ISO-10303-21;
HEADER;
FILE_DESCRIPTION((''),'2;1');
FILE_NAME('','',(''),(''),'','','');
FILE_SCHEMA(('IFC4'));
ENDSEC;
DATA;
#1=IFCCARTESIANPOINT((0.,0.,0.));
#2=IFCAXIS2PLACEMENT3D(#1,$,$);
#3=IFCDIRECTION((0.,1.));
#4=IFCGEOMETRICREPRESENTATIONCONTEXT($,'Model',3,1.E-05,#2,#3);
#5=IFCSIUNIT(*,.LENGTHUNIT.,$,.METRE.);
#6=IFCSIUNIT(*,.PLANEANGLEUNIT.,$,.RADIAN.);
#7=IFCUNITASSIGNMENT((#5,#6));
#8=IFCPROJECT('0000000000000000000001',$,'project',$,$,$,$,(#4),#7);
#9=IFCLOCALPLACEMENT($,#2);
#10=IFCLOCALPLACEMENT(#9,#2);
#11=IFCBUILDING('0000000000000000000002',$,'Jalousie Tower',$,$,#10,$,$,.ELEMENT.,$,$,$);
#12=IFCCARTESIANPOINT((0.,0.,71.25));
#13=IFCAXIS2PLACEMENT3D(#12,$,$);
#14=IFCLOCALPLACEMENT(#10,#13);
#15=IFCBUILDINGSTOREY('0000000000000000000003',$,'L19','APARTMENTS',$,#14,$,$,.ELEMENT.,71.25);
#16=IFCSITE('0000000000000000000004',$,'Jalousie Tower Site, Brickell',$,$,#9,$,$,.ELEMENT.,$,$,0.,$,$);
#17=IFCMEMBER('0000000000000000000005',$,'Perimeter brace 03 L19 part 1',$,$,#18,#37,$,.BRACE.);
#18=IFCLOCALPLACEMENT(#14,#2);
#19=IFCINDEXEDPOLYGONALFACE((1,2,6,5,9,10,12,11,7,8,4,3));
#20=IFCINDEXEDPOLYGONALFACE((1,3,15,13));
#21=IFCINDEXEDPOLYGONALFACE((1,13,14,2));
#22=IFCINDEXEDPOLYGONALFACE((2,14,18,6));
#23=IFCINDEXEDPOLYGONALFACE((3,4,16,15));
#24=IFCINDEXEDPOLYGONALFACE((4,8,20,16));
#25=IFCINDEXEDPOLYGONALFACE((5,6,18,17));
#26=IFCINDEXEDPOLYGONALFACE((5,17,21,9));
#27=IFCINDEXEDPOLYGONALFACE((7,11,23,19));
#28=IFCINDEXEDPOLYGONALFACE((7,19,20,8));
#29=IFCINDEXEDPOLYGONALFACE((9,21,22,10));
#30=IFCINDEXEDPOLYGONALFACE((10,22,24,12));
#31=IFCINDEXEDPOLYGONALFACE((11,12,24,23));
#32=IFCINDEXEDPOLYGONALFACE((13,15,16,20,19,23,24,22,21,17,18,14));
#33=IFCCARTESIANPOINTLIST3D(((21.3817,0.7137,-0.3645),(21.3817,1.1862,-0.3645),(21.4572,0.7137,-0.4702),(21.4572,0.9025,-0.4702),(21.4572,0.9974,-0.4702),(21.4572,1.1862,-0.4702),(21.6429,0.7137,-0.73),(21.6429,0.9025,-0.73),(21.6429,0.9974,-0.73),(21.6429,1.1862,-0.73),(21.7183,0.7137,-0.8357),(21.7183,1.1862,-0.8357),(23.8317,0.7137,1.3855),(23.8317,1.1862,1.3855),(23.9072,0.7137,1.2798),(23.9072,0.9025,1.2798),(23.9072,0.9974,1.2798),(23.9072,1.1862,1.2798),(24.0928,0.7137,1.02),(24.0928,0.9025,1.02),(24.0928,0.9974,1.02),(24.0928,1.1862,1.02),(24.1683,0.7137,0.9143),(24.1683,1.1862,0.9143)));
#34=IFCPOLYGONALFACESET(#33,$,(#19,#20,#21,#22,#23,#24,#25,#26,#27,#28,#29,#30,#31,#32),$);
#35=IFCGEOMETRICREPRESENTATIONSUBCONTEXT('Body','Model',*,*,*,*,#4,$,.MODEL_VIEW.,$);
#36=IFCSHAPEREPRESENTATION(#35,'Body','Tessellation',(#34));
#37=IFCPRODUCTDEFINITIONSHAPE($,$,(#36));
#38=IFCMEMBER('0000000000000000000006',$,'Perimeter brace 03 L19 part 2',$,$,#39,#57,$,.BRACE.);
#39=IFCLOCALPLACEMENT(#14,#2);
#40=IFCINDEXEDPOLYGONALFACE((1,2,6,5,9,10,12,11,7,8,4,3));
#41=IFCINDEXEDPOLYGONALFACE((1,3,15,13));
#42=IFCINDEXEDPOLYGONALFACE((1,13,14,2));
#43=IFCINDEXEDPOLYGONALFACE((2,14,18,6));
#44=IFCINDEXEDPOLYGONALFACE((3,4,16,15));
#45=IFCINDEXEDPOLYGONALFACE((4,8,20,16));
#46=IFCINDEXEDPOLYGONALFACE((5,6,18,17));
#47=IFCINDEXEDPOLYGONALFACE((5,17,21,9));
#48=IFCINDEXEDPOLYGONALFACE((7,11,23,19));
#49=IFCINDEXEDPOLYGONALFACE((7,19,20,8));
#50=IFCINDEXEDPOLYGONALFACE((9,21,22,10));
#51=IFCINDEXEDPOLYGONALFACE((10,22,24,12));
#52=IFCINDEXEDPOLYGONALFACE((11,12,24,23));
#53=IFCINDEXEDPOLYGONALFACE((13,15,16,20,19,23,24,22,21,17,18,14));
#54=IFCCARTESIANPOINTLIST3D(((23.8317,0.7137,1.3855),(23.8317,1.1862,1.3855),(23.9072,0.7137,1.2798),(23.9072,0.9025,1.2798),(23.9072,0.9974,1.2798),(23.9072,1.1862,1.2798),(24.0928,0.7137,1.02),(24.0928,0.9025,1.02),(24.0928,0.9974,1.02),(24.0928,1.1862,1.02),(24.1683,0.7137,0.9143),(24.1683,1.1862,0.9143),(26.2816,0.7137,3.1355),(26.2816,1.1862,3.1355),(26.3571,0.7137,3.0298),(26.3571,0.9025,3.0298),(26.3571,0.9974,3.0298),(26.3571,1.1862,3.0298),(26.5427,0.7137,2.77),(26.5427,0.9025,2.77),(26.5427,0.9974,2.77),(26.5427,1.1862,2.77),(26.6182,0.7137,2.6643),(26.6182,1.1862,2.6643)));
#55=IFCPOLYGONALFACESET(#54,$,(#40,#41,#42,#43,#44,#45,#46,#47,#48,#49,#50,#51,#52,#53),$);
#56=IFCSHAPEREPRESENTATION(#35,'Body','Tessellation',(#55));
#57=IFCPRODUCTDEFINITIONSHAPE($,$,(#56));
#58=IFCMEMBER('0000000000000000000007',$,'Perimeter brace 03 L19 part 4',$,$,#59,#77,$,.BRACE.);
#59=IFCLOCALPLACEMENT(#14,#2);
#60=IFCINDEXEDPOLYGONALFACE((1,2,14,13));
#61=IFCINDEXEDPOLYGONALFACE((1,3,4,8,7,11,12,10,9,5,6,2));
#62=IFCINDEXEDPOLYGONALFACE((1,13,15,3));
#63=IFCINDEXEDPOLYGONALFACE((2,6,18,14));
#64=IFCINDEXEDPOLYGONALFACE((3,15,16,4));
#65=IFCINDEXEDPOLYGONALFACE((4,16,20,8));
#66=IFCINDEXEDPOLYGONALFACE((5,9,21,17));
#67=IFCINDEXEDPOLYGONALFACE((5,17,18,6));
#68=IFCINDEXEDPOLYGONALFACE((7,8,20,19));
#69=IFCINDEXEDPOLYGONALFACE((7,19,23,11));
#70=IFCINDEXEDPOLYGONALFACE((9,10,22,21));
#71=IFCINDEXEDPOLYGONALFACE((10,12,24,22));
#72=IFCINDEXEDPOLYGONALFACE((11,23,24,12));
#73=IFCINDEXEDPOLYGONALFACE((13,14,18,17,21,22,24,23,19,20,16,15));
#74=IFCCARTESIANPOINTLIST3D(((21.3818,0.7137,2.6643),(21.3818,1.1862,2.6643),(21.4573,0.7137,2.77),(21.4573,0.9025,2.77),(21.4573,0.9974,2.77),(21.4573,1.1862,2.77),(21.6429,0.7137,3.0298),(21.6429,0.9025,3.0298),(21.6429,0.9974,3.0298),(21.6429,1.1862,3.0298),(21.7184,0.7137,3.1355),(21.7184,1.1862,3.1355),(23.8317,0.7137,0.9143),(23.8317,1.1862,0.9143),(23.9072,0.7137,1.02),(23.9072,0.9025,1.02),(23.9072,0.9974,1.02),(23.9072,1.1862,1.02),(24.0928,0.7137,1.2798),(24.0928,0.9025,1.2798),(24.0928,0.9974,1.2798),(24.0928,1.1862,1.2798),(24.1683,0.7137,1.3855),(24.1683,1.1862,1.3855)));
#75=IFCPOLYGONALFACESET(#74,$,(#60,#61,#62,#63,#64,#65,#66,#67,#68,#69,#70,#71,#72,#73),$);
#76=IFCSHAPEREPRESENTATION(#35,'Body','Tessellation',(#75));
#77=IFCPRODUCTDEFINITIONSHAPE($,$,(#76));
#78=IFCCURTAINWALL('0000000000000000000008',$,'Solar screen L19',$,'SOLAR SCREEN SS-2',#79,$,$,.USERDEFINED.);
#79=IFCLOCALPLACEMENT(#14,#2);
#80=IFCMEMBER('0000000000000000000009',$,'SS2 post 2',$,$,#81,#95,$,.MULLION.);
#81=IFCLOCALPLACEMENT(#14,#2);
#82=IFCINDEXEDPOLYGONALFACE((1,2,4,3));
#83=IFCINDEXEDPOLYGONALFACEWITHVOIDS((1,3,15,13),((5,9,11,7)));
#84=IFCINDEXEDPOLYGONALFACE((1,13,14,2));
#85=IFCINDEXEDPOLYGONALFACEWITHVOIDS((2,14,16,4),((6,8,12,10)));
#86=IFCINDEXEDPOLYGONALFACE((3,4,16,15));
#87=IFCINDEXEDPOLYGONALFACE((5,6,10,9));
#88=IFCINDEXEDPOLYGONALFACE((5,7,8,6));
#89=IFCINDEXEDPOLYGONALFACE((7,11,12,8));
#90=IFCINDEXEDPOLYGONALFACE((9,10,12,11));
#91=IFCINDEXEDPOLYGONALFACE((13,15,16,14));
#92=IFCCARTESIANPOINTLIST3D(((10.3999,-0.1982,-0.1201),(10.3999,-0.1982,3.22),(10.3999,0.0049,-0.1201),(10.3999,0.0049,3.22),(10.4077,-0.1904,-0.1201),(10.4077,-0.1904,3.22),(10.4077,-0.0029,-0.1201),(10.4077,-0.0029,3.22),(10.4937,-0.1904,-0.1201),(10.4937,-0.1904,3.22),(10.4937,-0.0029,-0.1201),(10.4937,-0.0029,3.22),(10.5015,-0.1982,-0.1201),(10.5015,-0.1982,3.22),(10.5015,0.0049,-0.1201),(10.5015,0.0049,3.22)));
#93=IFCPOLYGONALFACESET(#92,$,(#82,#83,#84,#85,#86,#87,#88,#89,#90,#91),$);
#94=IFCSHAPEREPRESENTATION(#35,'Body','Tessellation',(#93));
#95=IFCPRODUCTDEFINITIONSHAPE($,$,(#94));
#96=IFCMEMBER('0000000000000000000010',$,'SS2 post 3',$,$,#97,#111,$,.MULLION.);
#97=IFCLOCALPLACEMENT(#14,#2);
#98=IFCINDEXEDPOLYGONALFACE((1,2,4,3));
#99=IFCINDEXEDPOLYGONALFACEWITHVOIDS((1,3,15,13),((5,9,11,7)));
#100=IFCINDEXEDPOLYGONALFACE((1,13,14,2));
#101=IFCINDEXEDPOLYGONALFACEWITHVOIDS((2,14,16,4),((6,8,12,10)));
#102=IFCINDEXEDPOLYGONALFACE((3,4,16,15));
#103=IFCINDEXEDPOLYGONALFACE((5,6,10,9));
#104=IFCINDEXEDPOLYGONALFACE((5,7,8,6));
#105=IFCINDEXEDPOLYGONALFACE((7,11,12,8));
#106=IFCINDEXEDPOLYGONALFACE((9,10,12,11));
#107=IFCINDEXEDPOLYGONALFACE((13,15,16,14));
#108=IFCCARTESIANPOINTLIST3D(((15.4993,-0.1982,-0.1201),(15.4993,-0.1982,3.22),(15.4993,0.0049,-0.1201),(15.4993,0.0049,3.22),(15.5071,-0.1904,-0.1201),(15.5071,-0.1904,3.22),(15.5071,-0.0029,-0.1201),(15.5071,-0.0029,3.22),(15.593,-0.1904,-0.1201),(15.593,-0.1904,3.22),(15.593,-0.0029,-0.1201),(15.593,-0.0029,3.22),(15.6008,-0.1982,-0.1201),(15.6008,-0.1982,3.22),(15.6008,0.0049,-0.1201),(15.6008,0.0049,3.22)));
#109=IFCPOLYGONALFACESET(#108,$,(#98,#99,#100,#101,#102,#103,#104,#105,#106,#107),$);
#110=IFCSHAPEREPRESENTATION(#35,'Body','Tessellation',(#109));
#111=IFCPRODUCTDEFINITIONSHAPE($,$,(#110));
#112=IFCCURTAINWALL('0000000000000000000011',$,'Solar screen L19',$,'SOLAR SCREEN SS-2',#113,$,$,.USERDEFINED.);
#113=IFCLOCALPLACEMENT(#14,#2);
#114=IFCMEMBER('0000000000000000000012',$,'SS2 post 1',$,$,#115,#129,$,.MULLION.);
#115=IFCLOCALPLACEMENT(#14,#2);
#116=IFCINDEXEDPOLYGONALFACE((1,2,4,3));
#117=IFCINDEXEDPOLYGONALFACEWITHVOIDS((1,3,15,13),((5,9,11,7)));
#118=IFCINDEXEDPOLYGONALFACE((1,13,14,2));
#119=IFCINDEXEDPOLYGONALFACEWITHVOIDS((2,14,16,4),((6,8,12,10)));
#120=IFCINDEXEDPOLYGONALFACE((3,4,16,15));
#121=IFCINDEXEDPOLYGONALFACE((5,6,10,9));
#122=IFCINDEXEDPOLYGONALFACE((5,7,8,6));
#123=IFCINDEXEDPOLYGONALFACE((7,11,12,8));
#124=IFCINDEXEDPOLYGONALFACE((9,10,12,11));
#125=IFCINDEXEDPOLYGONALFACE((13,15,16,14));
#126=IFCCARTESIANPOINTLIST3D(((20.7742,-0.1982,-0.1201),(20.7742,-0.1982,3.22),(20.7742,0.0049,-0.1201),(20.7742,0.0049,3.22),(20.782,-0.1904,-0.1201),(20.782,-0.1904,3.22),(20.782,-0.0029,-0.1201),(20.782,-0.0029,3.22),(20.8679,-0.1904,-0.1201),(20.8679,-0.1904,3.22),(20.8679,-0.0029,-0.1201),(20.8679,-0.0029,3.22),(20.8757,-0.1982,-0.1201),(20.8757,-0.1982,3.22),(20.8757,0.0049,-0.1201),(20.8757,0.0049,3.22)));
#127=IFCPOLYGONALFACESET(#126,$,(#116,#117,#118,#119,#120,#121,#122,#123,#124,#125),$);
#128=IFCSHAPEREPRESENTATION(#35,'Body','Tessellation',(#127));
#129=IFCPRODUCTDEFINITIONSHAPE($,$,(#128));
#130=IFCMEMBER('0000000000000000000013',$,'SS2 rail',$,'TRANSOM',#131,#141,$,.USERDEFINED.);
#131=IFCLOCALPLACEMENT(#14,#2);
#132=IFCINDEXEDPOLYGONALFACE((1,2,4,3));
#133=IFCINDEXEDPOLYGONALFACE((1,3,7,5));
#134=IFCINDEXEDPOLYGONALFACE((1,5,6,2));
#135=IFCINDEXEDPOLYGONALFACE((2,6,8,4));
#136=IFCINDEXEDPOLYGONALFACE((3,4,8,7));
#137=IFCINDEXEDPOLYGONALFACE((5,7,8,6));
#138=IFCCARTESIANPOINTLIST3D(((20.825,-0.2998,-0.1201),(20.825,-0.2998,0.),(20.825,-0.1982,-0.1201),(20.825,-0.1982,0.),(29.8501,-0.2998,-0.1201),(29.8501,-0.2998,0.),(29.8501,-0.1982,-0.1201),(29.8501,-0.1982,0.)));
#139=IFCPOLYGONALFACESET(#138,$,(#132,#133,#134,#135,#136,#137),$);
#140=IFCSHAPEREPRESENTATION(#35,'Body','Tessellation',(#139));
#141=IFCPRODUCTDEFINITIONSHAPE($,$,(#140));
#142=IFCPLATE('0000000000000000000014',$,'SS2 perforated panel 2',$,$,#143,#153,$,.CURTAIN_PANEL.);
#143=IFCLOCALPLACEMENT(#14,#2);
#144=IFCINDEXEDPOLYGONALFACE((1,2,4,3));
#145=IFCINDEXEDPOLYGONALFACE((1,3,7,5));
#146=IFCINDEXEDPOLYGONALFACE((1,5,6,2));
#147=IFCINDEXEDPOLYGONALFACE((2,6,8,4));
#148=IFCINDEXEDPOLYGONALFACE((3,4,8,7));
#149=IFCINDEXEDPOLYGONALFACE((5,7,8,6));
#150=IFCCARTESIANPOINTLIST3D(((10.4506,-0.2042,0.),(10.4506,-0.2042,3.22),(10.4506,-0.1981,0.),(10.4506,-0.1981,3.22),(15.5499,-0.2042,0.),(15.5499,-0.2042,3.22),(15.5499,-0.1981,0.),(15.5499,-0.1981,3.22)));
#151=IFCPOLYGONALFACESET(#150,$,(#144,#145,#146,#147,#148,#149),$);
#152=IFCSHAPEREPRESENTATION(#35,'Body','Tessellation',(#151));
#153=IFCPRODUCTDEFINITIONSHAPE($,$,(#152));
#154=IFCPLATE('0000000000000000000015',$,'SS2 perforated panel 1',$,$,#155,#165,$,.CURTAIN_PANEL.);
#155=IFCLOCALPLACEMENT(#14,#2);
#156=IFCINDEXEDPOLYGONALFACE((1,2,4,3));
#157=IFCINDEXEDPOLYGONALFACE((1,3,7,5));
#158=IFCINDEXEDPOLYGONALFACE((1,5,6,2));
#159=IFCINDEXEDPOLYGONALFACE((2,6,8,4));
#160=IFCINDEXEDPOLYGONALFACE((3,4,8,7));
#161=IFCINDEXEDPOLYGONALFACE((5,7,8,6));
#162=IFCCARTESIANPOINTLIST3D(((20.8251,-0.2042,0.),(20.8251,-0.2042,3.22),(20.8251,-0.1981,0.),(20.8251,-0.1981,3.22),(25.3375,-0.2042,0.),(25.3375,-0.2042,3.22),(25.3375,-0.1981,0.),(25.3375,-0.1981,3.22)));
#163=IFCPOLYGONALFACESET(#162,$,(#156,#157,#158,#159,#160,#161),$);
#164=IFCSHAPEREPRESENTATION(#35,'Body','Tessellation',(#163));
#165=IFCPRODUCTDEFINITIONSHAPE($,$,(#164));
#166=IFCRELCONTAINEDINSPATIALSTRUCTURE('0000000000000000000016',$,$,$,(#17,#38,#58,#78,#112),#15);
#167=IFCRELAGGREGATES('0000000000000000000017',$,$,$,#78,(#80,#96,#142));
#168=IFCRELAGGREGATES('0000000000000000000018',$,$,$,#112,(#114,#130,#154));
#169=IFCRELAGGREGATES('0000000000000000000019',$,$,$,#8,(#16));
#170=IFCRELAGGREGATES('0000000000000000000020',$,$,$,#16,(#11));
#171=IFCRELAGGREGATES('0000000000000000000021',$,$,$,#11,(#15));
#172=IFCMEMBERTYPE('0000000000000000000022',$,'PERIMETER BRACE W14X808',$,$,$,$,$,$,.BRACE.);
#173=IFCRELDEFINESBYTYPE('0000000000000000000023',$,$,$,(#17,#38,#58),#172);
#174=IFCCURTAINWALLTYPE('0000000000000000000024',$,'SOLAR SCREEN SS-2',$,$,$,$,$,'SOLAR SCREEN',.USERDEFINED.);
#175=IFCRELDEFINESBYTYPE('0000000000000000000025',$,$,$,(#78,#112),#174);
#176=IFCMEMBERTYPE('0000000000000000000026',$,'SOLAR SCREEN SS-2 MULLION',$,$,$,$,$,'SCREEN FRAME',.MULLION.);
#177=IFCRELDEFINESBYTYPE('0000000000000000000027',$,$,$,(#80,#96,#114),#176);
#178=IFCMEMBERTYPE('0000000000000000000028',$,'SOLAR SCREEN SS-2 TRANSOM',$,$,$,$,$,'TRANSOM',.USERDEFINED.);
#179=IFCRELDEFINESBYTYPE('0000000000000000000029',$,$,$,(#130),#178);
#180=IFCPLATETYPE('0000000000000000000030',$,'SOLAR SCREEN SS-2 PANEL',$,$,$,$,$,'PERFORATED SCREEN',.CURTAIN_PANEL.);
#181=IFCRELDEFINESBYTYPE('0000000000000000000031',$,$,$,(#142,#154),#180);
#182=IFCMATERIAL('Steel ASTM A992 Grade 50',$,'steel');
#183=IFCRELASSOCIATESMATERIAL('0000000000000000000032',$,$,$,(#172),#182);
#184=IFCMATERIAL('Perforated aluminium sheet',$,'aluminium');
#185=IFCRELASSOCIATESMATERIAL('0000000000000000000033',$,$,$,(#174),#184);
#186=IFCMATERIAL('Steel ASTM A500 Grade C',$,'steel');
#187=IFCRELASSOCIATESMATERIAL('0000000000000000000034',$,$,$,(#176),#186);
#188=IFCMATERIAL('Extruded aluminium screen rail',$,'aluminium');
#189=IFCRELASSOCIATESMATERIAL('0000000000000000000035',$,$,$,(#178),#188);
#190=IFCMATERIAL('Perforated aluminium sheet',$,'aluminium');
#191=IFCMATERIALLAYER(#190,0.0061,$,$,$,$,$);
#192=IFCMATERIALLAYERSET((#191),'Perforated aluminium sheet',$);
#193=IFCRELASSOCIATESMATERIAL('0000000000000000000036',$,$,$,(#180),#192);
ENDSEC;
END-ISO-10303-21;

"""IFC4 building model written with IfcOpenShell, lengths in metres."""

from ifc_helpers import new_model, si_unit, direction, frame, origin, origin_2d, place, context, subcontext, project, spatial, rectangle, hollow_rectangle, i_section, extrude, material, layer, layer_set, material_profile, profile_set, type_object, element, aggregate, save


model = new_model("IFC4")

# Units and contexts
model_context = context("Model", 3, precision=1e-05, world=origin(), true_north=direction((0.0, 1.0)))
body_context = subcontext(model_context, "Body", "Model", "MODEL_VIEW")
ifc_project = project(units=[si_unit("LENGTHUNIT", "METRE"), si_unit("PLANEANGLEUNIT", "RADIAN")], contexts=[model_context])

# Site, building, storey
site_placement = place(None, origin())
site = spatial("IfcSite", under=ifc_project, at=site_placement, Name="Jalousie Tower Site, Brickell", CompositionType="ELEMENT", RefElevation=0.0)
building_placement = place(site_placement, origin())
building = spatial("IfcBuilding", under=site, at=building_placement, Name="Jalousie Tower", CompositionType="ELEMENT")
storey_placement = place(building_placement, frame((0.0, 0.0, 71.25)))
storey = spatial("IfcBuildingStorey", under=building, at=storey_placement, Name="L19", Description="APARTMENTS", CompositionType="ELEMENT", Elevation=71.25)

# Members
ifc_material_1 = material(Name="Steel ASTM A992 Grade 50", Category="steel")
ifc_material_profile_1 = material_profile(ifc_material_1, i_section(OverallWidth=0.4724, OverallDepth=0.5791, WebThickness=0.095, FlangeThickness=0.1299, at=origin_2d()), Name="W14X808")
ifc_profile_set_1 = profile_set([ifc_material_profile_1], Name="Steel ASTM A992 Grade 50")
member_type_1 = type_object("IfcMemberType", Name="PERIMETER BRACE W14X808", PredefinedType="BRACE", material=ifc_profile_set_1)
for number, where, z_axis, x_axis, name in (
    (1, (21.55, 0.95, -0.6001), (0.813728, 0.0, 0.581246), (0.0, 1.0, 0.0), "Perimeter brace 03 L19 part 1"),
    (2, (24.0, 0.95, 1.1499), (0.813728, 0.0, 0.581246), (0.0, 1.0, 0.0), "Perimeter brace 03 L19 part 2"),
    (3, (24.0, 0.95, 1.1499), (-0.813728, 0.0, 0.581246), (0.0, -1.0, 0.0), "Perimeter brace 03 L19 part 4"),
):
    element("IfcMember", number, at=place(storey_placement, frame(where, z_axis=z_axis, x_axis=x_axis)), inside=storey, type_object=member_type_1, Name=name, PredefinedType="BRACE", context=body_context, shape_type="SweptSolid", body=[
        extrude(i_section(OverallWidth=0.4724, OverallDepth=0.5791, WebThickness=0.095, FlangeThickness=0.1299, at=origin_2d()), origin(), (0.0, 0.0, 1.0), 3.0107),
    ])

# Curtain walls, members
ifc_material_2 = material(Name="Perforated aluminium sheet", Category="aluminium")
curtain_wall_type = type_object("IfcCurtainWallType", Name="SOLAR SCREEN SS-2", ElementType="SOLAR SCREEN", PredefinedType="USERDEFINED", material=ifc_material_2)
curtain_wall_1_placement = place(storey_placement, origin())
curtain_wall_1 = element("IfcCurtainWall", 4, at=curtain_wall_1_placement, inside=storey, type_object=curtain_wall_type, Name="Solar screen L19", ObjectType="SOLAR SCREEN SS-2", PredefinedType="USERDEFINED")
ifc_material_3 = material(Name="Steel ASTM A500 Grade C", Category="steel")
ifc_material_profile_2 = material_profile(ifc_material_3, hollow_rectangle(XDim=0.1016, YDim=0.2031, WallThickness=0.0078, at=origin_2d()), Name="HSS8X4X5/16")
ifc_profile_set_2 = profile_set([ifc_material_profile_2], Name="Steel ASTM A500 Grade C")
member_type_2 = type_object("IfcMemberType", Name="SOLAR SCREEN SS-2 MULLION", ElementType="SCREEN FRAME", PredefinedType="MULLION", material=ifc_profile_set_2)
member_1_placement = place(storey_placement, frame((10.4507, -0.0967, -0.1201), z_axis=(0.0, 0.0, 1.0), x_axis=(1.0, 0.0, 0.0)))
member_1 = element("IfcMember", 5, at=member_1_placement, type_object=member_type_2, Name="SS2 post 2", PredefinedType="MULLION", context=body_context, shape_type="SweptSolid", body=[
    extrude(hollow_rectangle(XDim=0.1016, YDim=0.2031, WallThickness=0.0078, at=origin_2d()), origin(), (0.0, 0.0, 1.0), 3.3401),
])
member_2_placement = place(storey_placement, frame((15.55, -0.0967, -0.1201), z_axis=(0.0, 0.0, 1.0), x_axis=(1.0, 0.0, 0.0)))
member_2 = element("IfcMember", 6, at=member_2_placement, type_object=member_type_2, Name="SS2 post 3", PredefinedType="MULLION", context=body_context, shape_type="SweptSolid", body=[
    extrude(hollow_rectangle(XDim=0.1016, YDim=0.2031, WallThickness=0.0078, at=origin_2d()), origin(), (0.0, 0.0, 1.0), 3.3401),
])
curtain_wall_2_placement = place(storey_placement, origin())
curtain_wall_2 = element("IfcCurtainWall", 7, at=curtain_wall_2_placement, inside=storey, type_object=curtain_wall_type, Name="Solar screen L19", ObjectType="SOLAR SCREEN SS-2", PredefinedType="USERDEFINED")
member_3_placement = place(storey_placement, frame((20.825, -0.0967, -0.1201), z_axis=(0.0, 0.0, 1.0), x_axis=(1.0, 0.0, 0.0)))
member_3 = element("IfcMember", 8, at=member_3_placement, type_object=member_type_2, Name="SS2 post 1", PredefinedType="MULLION", context=body_context, shape_type="SweptSolid", body=[
    extrude(hollow_rectangle(XDim=0.1016, YDim=0.2031, WallThickness=0.0078, at=origin_2d()), origin(), (0.0, 0.0, 1.0), 3.3401),
])
ifc_material_4 = material(Name="Extruded aluminium screen rail", Category="aluminium")
ifc_material_profile_3 = material_profile(ifc_material_4, rectangle(XDim=0.1016, YDim=0.1201, at=origin_2d()), Name="RAIL 102x120")
ifc_profile_set_3 = profile_set([ifc_material_profile_3], Name="Extruded aluminium screen rail")
member_type_3 = type_object("IfcMemberType", Name="SOLAR SCREEN SS-2 TRANSOM", ElementType="TRANSOM", PredefinedType="USERDEFINED", material=ifc_profile_set_3)
member_4_placement = place(storey_placement, frame((20.825, -0.249, -0.0601), z_axis=(1.0, 0.0, 0.0), x_axis=(0.0, 1.0, 0.0)))
member_4 = element("IfcMember", 9, at=member_4_placement, type_object=member_type_3, Name="SS2 rail", ObjectType="TRANSOM", PredefinedType="USERDEFINED", context=body_context, shape_type="SweptSolid", body=[
    extrude(rectangle(XDim=0.1016, YDim=0.1201, at=origin_2d()), origin(), (0.0, 0.0, 1.0), 9.0251),
])

# Plates
ifc_material_5 = material(Name="Perforated aluminium sheet", Category="aluminium")
ifc_layer_1 = layer(ifc_material_5, 0.0061)
ifc_layer_set_1 = layer_set([ifc_layer_1], Name="Perforated aluminium sheet")
plate_type = type_object("IfcPlateType", Name="SOLAR SCREEN SS-2 PANEL", ElementType="PERFORATED SCREEN", PredefinedType="CURTAIN_PANEL", material=ifc_layer_set_1)
plate_1_placement = place(storey_placement, frame((13.0002, -0.2012, 0.0), z_axis=(0.0, 0.0, 1.0), x_axis=(1.0, 0.0, 0.0)))
plate_1 = element("IfcPlate", 10, at=plate_1_placement, type_object=plate_type, Name="SS2 perforated panel 2", PredefinedType="CURTAIN_PANEL", context=body_context, shape_type="SweptSolid", body=[
    extrude(rectangle(XDim=5.0994, YDim=0.0061, at=origin_2d()), origin(), (0.0, 0.0, 1.0), 3.22),
])
aggregate(curtain_wall_1, [member_1, member_2, plate_1])
plate_2_placement = place(storey_placement, frame((23.0813, -0.2012, 0.0), z_axis=(0.0, 0.0, 1.0), x_axis=(1.0, 0.0, 0.0)))
plate_2 = element("IfcPlate", 11, at=plate_2_placement, type_object=plate_type, Name="SS2 perforated panel 1", PredefinedType="CURTAIN_PANEL", context=body_context, shape_type="SweptSolid", body=[
    extrude(rectangle(XDim=4.5125, YDim=0.0061, at=origin_2d()), origin(), (0.0, 0.0, 1.0), 3.22),
])
aggregate(curtain_wall_2, [member_3, member_4, plate_2])

save(model, "model.ifc")
